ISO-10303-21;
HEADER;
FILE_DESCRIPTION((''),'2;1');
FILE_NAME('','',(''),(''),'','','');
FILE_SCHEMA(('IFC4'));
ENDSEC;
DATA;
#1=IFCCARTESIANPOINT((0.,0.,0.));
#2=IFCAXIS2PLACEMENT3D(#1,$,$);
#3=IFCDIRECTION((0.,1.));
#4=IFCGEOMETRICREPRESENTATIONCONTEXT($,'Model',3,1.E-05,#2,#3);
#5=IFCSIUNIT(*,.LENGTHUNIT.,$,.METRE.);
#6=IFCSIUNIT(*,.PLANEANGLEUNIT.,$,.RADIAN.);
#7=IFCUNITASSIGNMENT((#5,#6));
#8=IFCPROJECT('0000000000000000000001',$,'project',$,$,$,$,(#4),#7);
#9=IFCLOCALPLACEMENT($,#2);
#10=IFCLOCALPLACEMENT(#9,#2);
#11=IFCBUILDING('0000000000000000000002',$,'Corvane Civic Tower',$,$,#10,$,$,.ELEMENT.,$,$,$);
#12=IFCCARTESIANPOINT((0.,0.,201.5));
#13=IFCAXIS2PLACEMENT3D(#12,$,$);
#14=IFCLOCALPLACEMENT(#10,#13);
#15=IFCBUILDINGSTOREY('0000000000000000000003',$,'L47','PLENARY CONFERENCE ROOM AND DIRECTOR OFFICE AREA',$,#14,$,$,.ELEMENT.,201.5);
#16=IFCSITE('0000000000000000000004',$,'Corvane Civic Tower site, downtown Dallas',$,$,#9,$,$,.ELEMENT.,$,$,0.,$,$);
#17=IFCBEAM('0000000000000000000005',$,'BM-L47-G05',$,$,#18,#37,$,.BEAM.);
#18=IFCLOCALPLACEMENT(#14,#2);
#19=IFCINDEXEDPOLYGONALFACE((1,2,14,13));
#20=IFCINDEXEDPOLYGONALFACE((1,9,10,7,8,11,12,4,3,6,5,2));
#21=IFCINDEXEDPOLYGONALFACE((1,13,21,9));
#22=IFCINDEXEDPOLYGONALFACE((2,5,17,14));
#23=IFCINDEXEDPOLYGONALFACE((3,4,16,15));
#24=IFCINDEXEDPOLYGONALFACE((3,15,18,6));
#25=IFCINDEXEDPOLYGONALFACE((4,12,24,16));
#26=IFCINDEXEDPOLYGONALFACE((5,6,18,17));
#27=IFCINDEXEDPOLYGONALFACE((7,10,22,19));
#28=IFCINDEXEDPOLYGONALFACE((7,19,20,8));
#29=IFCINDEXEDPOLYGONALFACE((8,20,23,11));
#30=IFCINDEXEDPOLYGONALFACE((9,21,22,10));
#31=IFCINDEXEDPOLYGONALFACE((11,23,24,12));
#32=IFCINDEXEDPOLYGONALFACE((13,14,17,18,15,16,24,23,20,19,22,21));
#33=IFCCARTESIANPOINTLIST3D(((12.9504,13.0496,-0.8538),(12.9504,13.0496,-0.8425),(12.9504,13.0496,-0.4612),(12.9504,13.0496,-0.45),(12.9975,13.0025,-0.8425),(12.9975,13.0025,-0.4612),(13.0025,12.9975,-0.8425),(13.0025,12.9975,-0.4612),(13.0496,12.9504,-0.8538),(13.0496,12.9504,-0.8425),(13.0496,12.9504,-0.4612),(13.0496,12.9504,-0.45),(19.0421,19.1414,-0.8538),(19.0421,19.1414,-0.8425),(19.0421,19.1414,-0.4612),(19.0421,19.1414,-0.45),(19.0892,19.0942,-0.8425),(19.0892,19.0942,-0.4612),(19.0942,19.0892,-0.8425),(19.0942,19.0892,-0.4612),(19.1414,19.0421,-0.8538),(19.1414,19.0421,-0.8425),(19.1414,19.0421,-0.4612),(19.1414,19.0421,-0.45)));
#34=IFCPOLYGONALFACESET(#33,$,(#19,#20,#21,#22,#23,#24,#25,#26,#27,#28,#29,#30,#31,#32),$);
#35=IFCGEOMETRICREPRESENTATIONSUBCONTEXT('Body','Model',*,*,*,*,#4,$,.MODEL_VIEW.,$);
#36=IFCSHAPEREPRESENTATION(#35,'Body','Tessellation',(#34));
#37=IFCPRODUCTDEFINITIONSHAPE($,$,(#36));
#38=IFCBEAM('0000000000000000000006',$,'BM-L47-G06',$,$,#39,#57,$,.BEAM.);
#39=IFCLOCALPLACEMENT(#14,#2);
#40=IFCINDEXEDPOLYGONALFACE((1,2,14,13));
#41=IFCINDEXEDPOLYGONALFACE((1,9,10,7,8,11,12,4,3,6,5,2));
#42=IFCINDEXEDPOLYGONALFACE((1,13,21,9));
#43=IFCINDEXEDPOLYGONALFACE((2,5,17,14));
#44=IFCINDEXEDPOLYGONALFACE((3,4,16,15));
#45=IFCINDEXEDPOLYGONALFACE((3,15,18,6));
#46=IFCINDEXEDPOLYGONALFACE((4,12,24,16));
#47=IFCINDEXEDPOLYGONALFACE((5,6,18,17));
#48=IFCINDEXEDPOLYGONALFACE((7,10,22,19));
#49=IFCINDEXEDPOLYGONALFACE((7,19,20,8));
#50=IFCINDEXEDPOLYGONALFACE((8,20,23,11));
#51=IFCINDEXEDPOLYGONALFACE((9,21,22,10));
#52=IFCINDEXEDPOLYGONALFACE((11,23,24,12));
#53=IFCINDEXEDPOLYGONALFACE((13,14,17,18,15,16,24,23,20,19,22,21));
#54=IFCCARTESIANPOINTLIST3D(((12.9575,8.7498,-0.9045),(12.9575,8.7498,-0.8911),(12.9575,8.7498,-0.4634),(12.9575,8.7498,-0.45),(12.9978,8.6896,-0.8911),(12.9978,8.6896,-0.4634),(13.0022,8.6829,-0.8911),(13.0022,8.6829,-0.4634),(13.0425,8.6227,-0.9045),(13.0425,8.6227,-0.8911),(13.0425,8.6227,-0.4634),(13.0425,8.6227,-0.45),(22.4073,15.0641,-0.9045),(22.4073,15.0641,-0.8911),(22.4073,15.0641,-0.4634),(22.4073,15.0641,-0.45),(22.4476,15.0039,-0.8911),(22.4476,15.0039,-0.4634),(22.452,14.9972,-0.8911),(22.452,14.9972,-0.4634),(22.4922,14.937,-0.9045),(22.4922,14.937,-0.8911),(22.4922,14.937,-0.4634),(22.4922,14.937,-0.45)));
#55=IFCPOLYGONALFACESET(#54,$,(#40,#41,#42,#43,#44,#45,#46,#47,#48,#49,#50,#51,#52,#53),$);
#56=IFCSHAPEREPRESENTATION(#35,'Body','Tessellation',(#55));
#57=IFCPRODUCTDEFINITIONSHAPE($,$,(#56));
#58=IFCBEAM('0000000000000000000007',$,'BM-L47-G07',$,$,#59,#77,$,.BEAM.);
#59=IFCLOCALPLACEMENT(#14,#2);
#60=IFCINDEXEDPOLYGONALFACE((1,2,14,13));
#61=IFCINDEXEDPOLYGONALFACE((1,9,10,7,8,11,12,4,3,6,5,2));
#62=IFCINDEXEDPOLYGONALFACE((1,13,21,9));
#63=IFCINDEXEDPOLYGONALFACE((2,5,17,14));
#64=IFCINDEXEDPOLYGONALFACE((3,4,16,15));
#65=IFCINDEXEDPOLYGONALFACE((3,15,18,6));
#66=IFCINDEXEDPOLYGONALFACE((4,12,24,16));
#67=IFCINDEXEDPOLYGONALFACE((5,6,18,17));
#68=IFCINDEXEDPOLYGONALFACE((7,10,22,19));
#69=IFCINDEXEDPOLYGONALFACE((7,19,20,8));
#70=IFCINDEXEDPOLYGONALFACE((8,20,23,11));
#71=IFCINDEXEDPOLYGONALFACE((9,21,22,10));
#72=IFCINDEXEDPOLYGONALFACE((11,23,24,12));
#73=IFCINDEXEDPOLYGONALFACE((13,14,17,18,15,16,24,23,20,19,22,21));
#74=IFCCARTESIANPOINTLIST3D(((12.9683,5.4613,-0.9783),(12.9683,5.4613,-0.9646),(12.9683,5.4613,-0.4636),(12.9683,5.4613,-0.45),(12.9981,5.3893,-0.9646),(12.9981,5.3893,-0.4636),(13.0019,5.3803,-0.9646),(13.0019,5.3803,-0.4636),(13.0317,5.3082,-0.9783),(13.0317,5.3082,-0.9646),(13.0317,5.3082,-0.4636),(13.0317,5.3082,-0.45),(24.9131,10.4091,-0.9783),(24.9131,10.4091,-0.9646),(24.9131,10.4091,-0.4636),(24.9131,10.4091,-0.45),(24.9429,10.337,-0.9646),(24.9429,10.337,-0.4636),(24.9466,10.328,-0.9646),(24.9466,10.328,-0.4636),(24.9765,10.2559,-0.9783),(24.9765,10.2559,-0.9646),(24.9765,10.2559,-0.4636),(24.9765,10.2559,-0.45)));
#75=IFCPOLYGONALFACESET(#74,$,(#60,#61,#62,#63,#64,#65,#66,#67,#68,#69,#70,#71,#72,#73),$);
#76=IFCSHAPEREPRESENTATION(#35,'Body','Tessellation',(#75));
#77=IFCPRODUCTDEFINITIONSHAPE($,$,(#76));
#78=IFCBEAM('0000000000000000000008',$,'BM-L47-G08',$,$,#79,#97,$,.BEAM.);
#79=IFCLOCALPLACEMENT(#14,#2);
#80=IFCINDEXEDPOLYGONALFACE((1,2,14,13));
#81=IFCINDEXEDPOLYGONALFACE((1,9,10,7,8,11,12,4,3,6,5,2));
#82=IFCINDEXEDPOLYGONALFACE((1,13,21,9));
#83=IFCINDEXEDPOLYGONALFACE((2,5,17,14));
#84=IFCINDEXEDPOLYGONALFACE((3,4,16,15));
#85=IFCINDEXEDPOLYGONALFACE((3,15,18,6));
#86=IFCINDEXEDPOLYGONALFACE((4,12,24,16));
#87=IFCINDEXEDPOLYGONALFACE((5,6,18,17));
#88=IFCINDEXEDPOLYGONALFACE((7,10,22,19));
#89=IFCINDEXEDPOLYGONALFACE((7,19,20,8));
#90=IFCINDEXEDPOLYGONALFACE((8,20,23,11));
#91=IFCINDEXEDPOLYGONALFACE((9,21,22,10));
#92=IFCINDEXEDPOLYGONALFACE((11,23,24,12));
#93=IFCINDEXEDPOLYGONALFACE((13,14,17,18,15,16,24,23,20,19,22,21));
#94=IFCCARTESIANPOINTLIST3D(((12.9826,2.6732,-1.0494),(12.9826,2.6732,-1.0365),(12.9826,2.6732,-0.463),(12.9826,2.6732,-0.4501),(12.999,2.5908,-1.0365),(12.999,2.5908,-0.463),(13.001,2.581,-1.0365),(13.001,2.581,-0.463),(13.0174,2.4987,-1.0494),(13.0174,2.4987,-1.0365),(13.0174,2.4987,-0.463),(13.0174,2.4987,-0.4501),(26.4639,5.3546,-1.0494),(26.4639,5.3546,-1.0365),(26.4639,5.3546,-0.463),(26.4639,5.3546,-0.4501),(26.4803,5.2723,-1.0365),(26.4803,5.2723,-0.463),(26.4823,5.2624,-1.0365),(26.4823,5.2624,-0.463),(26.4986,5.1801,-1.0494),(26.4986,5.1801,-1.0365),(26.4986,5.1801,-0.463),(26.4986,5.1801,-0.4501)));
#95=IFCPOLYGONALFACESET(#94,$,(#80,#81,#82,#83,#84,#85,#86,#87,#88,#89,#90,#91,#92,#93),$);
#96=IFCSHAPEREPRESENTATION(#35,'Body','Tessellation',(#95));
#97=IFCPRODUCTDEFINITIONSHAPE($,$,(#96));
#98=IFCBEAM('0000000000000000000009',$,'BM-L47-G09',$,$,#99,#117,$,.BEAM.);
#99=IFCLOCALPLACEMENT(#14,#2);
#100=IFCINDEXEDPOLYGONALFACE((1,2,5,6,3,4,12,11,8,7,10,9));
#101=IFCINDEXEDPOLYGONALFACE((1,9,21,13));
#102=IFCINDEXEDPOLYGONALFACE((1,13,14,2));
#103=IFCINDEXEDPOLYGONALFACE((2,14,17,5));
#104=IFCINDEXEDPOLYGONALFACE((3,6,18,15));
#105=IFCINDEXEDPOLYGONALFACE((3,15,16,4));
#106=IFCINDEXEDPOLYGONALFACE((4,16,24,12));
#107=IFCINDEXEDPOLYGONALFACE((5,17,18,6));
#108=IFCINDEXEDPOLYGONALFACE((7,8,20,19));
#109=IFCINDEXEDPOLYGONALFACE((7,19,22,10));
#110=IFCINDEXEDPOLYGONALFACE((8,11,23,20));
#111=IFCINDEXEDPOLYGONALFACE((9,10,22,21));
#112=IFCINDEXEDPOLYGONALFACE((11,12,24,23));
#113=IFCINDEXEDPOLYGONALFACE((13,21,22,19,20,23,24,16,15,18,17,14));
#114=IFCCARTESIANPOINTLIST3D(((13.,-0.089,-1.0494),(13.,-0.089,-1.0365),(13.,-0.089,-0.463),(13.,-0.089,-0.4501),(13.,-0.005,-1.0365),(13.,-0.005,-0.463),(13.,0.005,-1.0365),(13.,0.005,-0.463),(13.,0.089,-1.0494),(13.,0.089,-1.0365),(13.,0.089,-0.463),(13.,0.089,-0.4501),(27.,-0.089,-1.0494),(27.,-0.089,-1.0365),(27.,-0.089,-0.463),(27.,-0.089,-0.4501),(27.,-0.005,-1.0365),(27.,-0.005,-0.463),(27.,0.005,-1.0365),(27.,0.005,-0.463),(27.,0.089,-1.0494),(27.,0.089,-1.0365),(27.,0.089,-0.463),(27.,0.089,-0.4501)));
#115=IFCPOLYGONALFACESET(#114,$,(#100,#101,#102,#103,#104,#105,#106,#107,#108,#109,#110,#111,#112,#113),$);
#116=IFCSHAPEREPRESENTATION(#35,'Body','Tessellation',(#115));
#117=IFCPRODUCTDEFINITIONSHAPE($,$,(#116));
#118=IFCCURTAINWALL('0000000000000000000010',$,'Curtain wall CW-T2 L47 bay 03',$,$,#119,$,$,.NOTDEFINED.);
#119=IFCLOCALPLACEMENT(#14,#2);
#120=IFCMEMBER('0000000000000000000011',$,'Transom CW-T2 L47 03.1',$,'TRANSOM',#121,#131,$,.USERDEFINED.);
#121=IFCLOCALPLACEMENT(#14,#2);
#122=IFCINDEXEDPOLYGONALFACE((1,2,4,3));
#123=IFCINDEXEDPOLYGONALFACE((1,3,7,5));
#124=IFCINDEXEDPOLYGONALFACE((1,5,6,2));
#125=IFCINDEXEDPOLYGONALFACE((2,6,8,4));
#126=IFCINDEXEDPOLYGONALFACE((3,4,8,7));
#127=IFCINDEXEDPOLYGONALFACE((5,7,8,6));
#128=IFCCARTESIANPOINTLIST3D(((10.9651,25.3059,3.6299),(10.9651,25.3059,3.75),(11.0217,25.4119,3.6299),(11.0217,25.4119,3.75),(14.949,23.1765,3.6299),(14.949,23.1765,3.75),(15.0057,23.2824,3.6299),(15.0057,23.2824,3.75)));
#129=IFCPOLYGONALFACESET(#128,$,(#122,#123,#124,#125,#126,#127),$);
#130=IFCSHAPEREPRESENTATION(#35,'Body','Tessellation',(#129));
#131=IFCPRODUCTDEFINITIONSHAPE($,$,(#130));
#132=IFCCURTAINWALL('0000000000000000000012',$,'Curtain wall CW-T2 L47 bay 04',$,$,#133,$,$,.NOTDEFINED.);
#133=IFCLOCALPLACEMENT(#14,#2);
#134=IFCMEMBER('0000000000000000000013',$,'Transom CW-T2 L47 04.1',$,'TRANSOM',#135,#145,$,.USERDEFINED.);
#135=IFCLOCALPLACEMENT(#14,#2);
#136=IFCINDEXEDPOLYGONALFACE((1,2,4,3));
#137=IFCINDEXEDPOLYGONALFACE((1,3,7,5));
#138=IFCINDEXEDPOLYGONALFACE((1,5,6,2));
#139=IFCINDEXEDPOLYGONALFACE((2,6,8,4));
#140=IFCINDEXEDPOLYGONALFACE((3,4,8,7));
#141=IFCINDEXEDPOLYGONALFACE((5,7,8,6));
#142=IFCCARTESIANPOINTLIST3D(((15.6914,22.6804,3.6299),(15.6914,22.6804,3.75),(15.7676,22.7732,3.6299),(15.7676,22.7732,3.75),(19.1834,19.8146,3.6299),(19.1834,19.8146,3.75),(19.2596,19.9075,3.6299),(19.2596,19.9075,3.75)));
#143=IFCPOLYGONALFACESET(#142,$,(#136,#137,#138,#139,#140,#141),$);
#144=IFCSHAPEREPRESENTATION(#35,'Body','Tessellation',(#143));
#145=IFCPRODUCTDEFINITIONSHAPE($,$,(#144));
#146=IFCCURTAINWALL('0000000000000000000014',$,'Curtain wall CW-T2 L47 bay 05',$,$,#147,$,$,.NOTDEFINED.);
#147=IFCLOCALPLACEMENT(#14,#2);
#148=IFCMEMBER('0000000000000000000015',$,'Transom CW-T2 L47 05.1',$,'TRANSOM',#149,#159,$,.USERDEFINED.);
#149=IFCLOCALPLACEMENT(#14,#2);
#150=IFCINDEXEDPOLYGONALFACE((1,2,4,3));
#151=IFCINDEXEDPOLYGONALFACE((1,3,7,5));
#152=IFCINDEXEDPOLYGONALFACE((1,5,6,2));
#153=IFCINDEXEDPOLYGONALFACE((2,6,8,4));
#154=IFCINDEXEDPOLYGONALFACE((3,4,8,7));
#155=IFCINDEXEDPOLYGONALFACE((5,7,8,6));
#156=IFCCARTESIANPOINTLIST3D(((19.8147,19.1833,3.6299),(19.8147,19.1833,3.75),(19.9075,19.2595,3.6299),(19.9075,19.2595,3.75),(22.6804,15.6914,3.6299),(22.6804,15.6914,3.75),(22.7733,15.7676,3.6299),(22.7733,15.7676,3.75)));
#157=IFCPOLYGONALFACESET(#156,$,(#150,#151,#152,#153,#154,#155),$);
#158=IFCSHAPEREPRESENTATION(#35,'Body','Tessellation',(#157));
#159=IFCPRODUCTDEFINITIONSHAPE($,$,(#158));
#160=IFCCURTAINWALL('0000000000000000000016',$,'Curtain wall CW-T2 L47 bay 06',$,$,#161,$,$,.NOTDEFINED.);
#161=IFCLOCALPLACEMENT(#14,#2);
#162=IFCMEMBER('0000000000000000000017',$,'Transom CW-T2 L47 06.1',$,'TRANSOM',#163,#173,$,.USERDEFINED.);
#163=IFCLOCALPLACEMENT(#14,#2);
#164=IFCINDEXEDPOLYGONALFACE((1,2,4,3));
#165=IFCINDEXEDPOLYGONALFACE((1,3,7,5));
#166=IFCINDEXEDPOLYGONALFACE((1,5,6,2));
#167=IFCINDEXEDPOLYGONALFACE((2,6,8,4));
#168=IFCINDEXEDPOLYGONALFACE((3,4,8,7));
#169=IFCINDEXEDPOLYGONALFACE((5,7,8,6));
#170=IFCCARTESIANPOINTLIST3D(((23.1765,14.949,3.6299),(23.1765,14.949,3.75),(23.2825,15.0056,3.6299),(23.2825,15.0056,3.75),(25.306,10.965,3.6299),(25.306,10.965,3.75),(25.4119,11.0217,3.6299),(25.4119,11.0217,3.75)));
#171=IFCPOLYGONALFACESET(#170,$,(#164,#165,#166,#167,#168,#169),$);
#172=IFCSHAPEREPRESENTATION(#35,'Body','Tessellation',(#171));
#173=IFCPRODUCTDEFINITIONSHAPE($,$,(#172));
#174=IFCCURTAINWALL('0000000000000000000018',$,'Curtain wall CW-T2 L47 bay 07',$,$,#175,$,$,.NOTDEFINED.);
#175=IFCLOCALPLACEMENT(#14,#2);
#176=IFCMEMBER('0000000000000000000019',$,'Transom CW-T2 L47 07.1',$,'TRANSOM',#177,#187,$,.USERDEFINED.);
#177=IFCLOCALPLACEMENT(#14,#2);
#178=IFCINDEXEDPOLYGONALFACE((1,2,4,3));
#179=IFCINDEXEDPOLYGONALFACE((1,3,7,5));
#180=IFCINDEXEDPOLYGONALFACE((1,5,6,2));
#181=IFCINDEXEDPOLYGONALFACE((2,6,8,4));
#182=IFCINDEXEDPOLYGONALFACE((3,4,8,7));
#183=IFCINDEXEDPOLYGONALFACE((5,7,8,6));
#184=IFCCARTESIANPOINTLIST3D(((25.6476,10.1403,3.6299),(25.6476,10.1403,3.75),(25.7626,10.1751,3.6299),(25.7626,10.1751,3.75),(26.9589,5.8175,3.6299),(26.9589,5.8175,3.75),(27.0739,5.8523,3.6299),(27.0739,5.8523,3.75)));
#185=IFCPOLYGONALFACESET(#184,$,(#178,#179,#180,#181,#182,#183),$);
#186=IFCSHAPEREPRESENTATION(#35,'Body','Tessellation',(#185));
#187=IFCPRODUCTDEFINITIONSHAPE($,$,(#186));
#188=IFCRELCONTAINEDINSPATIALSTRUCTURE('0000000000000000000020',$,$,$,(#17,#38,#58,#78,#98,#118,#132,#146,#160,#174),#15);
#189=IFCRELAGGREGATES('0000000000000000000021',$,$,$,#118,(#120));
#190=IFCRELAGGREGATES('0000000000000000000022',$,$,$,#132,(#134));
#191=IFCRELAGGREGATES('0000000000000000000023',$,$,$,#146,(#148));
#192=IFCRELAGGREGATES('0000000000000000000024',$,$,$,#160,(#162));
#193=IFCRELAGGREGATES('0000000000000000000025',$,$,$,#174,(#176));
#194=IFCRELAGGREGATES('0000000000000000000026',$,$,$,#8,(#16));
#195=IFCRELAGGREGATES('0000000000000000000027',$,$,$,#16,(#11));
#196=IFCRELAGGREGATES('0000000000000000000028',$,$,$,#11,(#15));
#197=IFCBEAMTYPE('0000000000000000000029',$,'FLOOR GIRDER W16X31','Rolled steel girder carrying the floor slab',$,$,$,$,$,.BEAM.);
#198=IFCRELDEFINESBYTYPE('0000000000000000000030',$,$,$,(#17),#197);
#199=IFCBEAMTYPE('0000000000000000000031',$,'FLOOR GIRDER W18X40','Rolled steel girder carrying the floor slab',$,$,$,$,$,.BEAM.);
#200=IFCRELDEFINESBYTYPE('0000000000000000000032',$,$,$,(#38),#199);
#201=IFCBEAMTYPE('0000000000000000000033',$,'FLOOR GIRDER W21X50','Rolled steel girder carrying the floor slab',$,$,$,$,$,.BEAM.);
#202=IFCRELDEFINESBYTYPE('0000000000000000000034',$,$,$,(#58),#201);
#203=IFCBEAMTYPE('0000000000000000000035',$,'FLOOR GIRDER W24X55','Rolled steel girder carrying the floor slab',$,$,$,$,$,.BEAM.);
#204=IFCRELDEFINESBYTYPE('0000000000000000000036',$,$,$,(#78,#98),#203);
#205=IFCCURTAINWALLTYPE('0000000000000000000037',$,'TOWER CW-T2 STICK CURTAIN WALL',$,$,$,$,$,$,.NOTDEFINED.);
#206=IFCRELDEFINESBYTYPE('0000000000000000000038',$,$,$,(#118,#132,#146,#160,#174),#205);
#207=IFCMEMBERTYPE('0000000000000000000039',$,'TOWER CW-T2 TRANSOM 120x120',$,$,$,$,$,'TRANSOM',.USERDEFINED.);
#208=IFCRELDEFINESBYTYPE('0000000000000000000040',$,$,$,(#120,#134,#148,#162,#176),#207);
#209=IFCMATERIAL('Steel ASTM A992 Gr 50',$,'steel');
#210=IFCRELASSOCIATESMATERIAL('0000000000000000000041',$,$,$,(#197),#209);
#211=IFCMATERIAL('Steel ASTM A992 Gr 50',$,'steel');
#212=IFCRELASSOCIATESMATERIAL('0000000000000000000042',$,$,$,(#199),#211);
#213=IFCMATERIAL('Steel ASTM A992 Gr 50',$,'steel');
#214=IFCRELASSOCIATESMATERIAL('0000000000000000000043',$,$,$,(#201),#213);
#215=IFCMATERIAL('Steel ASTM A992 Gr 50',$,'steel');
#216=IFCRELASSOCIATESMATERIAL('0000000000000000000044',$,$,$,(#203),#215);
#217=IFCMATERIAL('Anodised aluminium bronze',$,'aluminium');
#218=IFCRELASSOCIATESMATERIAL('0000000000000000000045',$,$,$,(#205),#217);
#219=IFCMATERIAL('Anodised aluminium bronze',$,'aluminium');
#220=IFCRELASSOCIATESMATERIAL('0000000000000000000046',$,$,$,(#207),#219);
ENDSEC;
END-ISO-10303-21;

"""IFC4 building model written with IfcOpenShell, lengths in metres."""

from ifc_helpers import new_model, si_unit, direction, frame, origin, origin_2d, place, context, subcontext, project, spatial, rectangle, i_section, extrude, material, material_profile, profile_set, type_object, element, aggregate, save


model = new_model("IFC4")

# Units and contexts
model_context = context("Model", 3, precision=1e-05, world=origin(), true_north=direction((0.0, 1.0)))
body_context = subcontext(model_context, "Body", "Model", "MODEL_VIEW")
ifc_project = project(units=[si_unit("LENGTHUNIT", "METRE"), si_unit("PLANEANGLEUNIT", "RADIAN")], contexts=[model_context])

# Site, building, storey
site_placement = place(None, origin())
site = spatial("IfcSite", under=ifc_project, at=site_placement, Name="Corvane Civic Tower site, downtown Dallas", CompositionType="ELEMENT", RefElevation=0.0)
building_placement = place(site_placement, origin())
building = spatial("IfcBuilding", under=site, at=building_placement, Name="Corvane Civic Tower", CompositionType="ELEMENT")
storey_placement = place(building_placement, frame((0.0, 0.0, 201.5)))
storey = spatial("IfcBuildingStorey", under=building, at=storey_placement, Name="L47", Description="PLENARY CONFERENCE ROOM AND DIRECTOR OFFICE AREA", CompositionType="ELEMENT", Elevation=201.5)

# Beams
ifc_material_1 = material(Name="Steel ASTM A992 Gr 50", Category="steel")
ifc_material_profile_1 = material_profile(ifc_material_1, i_section(OverallWidth=0.1404, OverallDepth=0.4038, WebThickness=0.0071, FlangeThickness=0.0112, at=origin_2d()), Name="W16X31")
ifc_profile_set_1 = profile_set([ifc_material_profile_1], Name="Steel ASTM A992 Gr 50")
beam_type_1 = type_object("IfcBeamType", Name="FLOOR GIRDER W16X31", Description="Rolled steel girder carrying the floor slab", PredefinedType="BEAM", material=ifc_profile_set_1)
beam_1_placement = place(storey_placement, frame((13.0, 13.0, -0.6519), z_axis=(0.707107, 0.707107, 0.0), x_axis=(-0.707107, 0.707107, 0.0)))
element("IfcBeam", 1, at=beam_1_placement, inside=storey, type_object=beam_type_1, Name="BM-L47-G05", PredefinedType="BEAM", context=body_context, shape_type="SweptSolid", body=[
    extrude(i_section(OverallWidth=0.1404, OverallDepth=0.4038, WebThickness=0.0071, FlangeThickness=0.0112, at=origin_2d()), origin(), (0.0, 0.0, 1.0), 8.615),
])
ifc_material_2 = material(Name="Steel ASTM A992 Gr 50", Category="steel")
ifc_material_profile_2 = material_profile(ifc_material_2, i_section(OverallWidth=0.1528, OverallDepth=0.4546, WebThickness=0.0081, FlangeThickness=0.0134, at=origin_2d()), Name="W18X40")
ifc_profile_set_2 = profile_set([ifc_material_profile_2], Name="Steel ASTM A992 Gr 50")
beam_type_2 = type_object("IfcBeamType", Name="FLOOR GIRDER W18X40", Description="Rolled steel girder carrying the floor slab", PredefinedType="BEAM", material=ifc_profile_set_2)
beam_2_placement = place(storey_placement, frame((13.0, 8.6863, -0.6772), z_axis=(0.831465, 0.555577, 0.0), x_axis=(-0.555577, 0.831465, 0.0)))
element("IfcBeam", 2, at=beam_2_placement, inside=storey, type_object=beam_type_2, Name="BM-L47-G06", PredefinedType="BEAM", context=body_context, shape_type="SweptSolid", body=[
    extrude(i_section(OverallWidth=0.1528, OverallDepth=0.4546, WebThickness=0.0081, FlangeThickness=0.0134, at=origin_2d()), origin(), (0.0, 0.0, 1.0), 11.3652),
])
ifc_material_3 = material(Name="Steel ASTM A992 Gr 50", Category="steel")
ifc_material_profile_3 = material_profile(ifc_material_3, i_section(OverallWidth=0.1658, OverallDepth=0.5283, WebThickness=0.0098, FlangeThickness=0.0137, at=origin_2d()), Name="W21X50")
ifc_profile_set_3 = profile_set([ifc_material_profile_3], Name="Steel ASTM A992 Gr 50")
beam_type_3 = type_object("IfcBeamType", Name="FLOOR GIRDER W21X50", Description="Rolled steel girder carrying the floor slab", PredefinedType="BEAM", material=ifc_profile_set_3)
beam_3_placement = place(storey_placement, frame((13.0, 5.3848, -0.7141), z_axis=(0.923878, 0.382686, 0.0), x_axis=(-0.382686, 0.923878, 0.0)))
element("IfcBeam", 3, at=beam_3_placement, inside=storey, type_object=beam_type_3, Name="BM-L47-G07", PredefinedType="BEAM", context=body_context, shape_type="SweptSolid", body=[
    extrude(i_section(OverallWidth=0.1658, OverallDepth=0.5283, WebThickness=0.0098, FlangeThickness=0.0137, at=origin_2d()), origin(), (0.0, 0.0, 1.0), 12.929),
])
ifc_material_4 = material(Name="Steel ASTM A992 Gr 50", Category="steel")
ifc_material_profile_4 = material_profile(ifc_material_4, i_section(OverallWidth=0.178, OverallDepth=0.5994, WebThickness=0.01, FlangeThickness=0.0129, at=origin_2d()), Name="W24X55")
ifc_profile_set_4 = profile_set([ifc_material_profile_4], Name="Steel ASTM A992 Gr 50")
beam_type_4 = type_object("IfcBeamType", Name="FLOOR GIRDER W24X55", Description="Rolled steel girder carrying the floor slab", PredefinedType="BEAM", material=ifc_profile_set_4)
beam_4_placement = place(storey_placement, frame((13.0, 2.5859, -0.7498), z_axis=(0.980788, 0.195078, 0.0), x_axis=(-0.195078, 0.980788, 0.0)))
element("IfcBeam", 4, at=beam_4_placement, inside=storey, type_object=beam_type_4, Name="BM-L47-G08", PredefinedType="BEAM", context=body_context, shape_type="SweptSolid", body=[
    extrude(i_section(OverallWidth=0.178, OverallDepth=0.5994, WebThickness=0.01, FlangeThickness=0.0129, at=origin_2d()), origin(), (0.0, 0.0, 1.0), 13.7454),
])
beam_5_placement = place(storey_placement, frame((13.0, 0.0, -0.7498), z_axis=(1.0, 0.0, 0.0), x_axis=(0.0, 1.0, 0.0)))
element("IfcBeam", 5, at=beam_5_placement, inside=storey, type_object=beam_type_4, Name="BM-L47-G09", PredefinedType="BEAM", context=body_context, shape_type="SweptSolid", body=[
    extrude(i_section(OverallWidth=0.178, OverallDepth=0.5994, WebThickness=0.01, FlangeThickness=0.0129, at=origin_2d()), origin(), (0.0, 0.0, 1.0), 14.0),
])

# Curtain walls, members
ifc_material_5 = material(Name="Anodised aluminium bronze", Category="aluminium")
curtain_wall_type = type_object("IfcCurtainWallType", Name="TOWER CW-T2 STICK CURTAIN WALL", PredefinedType="NOTDEFINED", material=ifc_material_5)
curtain_wall_1_placement = place(storey_placement, origin())
curtain_wall_1 = element("IfcCurtainWall", 6, at=curtain_wall_1_placement, inside=storey, type_object=curtain_wall_type, Name="Curtain wall CW-T2 L47 bay 03", PredefinedType="NOTDEFINED")
ifc_material_6 = material(Name="Anodised aluminium bronze", Category="aluminium")
ifc_material_profile_5 = material_profile(ifc_material_6, rectangle(XDim=0.1201, YDim=0.1201, at=origin_2d()), Name="TOWER CW-T2 TRANSOM 120x120")
ifc_profile_set_5 = profile_set([ifc_material_profile_5], Name="Anodised aluminium bronze")
member_type = type_object("IfcMemberType", Name="TOWER CW-T2 TRANSOM 120x120", ElementType="TRANSOM", PredefinedType="USERDEFINED", material=ifc_profile_set_5)
member_1_placement = place(storey_placement, frame((10.9934, 25.3589, 3.6899), z_axis=(0.881925, -0.47139, 0.0), x_axis=(0.47139, 0.881925, 0.0)))
member_1 = element("IfcMember", 7, at=member_1_placement, type_object=member_type, Name="Transom CW-T2 L47 03.1", ObjectType="TRANSOM", PredefinedType="USERDEFINED", context=body_context, shape_type="SweptSolid", body=[
    extrude(rectangle(XDim=0.1201, YDim=0.1201, at=origin_2d()), origin(), (0.0, 0.0, 1.0), 4.5173),
])
curtain_wall_2_placement = place(storey_placement, origin())
curtain_wall_2 = element("IfcCurtainWall", 8, at=curtain_wall_2_placement, inside=storey, type_object=curtain_wall_type, Name="Curtain wall CW-T2 L47 bay 04", PredefinedType="NOTDEFINED")
member_2_placement = place(storey_placement, frame((15.7295, 22.7268, 3.6899), z_axis=(0.773015, -0.634388, 0.0), x_axis=(0.634388, 0.773015, 0.0)))
member_2 = element("IfcMember", 9, at=member_2_placement, type_object=member_type, Name="Transom CW-T2 L47 04.1", ObjectType="TRANSOM", PredefinedType="USERDEFINED", context=body_context, shape_type="SweptSolid", body=[
    extrude(rectangle(XDim=0.1201, YDim=0.1201, at=origin_2d()), origin(), (0.0, 0.0, 1.0), 4.5173),
])
curtain_wall_3_placement = place(storey_placement, origin())
curtain_wall_3 = element("IfcCurtainWall", 10, at=curtain_wall_3_placement, inside=storey, type_object=curtain_wall_type, Name="Curtain wall CW-T2 L47 bay 05", PredefinedType="NOTDEFINED")
member_3_placement = place(storey_placement, frame((19.8611, 19.2214, 3.6899), z_axis=(0.634388, -0.773015, 0.0), x_axis=(0.773015, 0.634388, 0.0)))
member_3 = element("IfcMember", 11, at=member_3_placement, type_object=member_type, Name="Transom CW-T2 L47 05.1", ObjectType="TRANSOM", PredefinedType="USERDEFINED", context=body_context, shape_type="SweptSolid", body=[
    extrude(rectangle(XDim=0.1201, YDim=0.1201, at=origin_2d()), origin(), (0.0, 0.0, 1.0), 4.5173),
])
curtain_wall_4_placement = place(storey_placement, origin())
curtain_wall_4 = element("IfcCurtainWall", 12, at=curtain_wall_4_placement, inside=storey, type_object=curtain_wall_type, Name="Curtain wall CW-T2 L47 bay 06", PredefinedType="NOTDEFINED")
member_4_placement = place(storey_placement, frame((23.2295, 14.9773, 3.6899), z_axis=(0.47139, -0.881925, 0.0), x_axis=(0.881925, 0.47139, 0.0)))
member_4 = element("IfcMember", 13, at=member_4_placement, type_object=member_type, Name="Transom CW-T2 L47 06.1", ObjectType="TRANSOM", PredefinedType="USERDEFINED", context=body_context, shape_type="SweptSolid", body=[
    extrude(rectangle(XDim=0.1201, YDim=0.1201, at=origin_2d()), origin(), (0.0, 0.0, 1.0), 4.5173),
])
curtain_wall_5_placement = place(storey_placement, origin())
curtain_wall_5 = element("IfcCurtainWall", 14, at=curtain_wall_5_placement, inside=storey, type_object=curtain_wall_type, Name="Curtain wall CW-T2 L47 bay 07", PredefinedType="NOTDEFINED")
member_5_placement = place(storey_placement, frame((25.7051, 10.1577, 3.6899), z_axis=(0.290282, -0.956941, 0.0), x_axis=(0.956941, 0.290282, 0.0)))
member_5 = element("IfcMember", 15, at=member_5_placement, type_object=member_type, Name="Transom CW-T2 L47 07.1", ObjectType="TRANSOM", PredefinedType="USERDEFINED", context=body_context, shape_type="SweptSolid", body=[
    extrude(rectangle(XDim=0.1201, YDim=0.1201, at=origin_2d()), origin(), (0.0, 0.0, 1.0), 4.5173),
])

aggregate(curtain_wall_1, [member_1])
aggregate(curtain_wall_2, [member_2])
aggregate(curtain_wall_3, [member_3])
aggregate(curtain_wall_4, [member_4])
aggregate(curtain_wall_5, [member_5])

save(model, "model.ifc")
